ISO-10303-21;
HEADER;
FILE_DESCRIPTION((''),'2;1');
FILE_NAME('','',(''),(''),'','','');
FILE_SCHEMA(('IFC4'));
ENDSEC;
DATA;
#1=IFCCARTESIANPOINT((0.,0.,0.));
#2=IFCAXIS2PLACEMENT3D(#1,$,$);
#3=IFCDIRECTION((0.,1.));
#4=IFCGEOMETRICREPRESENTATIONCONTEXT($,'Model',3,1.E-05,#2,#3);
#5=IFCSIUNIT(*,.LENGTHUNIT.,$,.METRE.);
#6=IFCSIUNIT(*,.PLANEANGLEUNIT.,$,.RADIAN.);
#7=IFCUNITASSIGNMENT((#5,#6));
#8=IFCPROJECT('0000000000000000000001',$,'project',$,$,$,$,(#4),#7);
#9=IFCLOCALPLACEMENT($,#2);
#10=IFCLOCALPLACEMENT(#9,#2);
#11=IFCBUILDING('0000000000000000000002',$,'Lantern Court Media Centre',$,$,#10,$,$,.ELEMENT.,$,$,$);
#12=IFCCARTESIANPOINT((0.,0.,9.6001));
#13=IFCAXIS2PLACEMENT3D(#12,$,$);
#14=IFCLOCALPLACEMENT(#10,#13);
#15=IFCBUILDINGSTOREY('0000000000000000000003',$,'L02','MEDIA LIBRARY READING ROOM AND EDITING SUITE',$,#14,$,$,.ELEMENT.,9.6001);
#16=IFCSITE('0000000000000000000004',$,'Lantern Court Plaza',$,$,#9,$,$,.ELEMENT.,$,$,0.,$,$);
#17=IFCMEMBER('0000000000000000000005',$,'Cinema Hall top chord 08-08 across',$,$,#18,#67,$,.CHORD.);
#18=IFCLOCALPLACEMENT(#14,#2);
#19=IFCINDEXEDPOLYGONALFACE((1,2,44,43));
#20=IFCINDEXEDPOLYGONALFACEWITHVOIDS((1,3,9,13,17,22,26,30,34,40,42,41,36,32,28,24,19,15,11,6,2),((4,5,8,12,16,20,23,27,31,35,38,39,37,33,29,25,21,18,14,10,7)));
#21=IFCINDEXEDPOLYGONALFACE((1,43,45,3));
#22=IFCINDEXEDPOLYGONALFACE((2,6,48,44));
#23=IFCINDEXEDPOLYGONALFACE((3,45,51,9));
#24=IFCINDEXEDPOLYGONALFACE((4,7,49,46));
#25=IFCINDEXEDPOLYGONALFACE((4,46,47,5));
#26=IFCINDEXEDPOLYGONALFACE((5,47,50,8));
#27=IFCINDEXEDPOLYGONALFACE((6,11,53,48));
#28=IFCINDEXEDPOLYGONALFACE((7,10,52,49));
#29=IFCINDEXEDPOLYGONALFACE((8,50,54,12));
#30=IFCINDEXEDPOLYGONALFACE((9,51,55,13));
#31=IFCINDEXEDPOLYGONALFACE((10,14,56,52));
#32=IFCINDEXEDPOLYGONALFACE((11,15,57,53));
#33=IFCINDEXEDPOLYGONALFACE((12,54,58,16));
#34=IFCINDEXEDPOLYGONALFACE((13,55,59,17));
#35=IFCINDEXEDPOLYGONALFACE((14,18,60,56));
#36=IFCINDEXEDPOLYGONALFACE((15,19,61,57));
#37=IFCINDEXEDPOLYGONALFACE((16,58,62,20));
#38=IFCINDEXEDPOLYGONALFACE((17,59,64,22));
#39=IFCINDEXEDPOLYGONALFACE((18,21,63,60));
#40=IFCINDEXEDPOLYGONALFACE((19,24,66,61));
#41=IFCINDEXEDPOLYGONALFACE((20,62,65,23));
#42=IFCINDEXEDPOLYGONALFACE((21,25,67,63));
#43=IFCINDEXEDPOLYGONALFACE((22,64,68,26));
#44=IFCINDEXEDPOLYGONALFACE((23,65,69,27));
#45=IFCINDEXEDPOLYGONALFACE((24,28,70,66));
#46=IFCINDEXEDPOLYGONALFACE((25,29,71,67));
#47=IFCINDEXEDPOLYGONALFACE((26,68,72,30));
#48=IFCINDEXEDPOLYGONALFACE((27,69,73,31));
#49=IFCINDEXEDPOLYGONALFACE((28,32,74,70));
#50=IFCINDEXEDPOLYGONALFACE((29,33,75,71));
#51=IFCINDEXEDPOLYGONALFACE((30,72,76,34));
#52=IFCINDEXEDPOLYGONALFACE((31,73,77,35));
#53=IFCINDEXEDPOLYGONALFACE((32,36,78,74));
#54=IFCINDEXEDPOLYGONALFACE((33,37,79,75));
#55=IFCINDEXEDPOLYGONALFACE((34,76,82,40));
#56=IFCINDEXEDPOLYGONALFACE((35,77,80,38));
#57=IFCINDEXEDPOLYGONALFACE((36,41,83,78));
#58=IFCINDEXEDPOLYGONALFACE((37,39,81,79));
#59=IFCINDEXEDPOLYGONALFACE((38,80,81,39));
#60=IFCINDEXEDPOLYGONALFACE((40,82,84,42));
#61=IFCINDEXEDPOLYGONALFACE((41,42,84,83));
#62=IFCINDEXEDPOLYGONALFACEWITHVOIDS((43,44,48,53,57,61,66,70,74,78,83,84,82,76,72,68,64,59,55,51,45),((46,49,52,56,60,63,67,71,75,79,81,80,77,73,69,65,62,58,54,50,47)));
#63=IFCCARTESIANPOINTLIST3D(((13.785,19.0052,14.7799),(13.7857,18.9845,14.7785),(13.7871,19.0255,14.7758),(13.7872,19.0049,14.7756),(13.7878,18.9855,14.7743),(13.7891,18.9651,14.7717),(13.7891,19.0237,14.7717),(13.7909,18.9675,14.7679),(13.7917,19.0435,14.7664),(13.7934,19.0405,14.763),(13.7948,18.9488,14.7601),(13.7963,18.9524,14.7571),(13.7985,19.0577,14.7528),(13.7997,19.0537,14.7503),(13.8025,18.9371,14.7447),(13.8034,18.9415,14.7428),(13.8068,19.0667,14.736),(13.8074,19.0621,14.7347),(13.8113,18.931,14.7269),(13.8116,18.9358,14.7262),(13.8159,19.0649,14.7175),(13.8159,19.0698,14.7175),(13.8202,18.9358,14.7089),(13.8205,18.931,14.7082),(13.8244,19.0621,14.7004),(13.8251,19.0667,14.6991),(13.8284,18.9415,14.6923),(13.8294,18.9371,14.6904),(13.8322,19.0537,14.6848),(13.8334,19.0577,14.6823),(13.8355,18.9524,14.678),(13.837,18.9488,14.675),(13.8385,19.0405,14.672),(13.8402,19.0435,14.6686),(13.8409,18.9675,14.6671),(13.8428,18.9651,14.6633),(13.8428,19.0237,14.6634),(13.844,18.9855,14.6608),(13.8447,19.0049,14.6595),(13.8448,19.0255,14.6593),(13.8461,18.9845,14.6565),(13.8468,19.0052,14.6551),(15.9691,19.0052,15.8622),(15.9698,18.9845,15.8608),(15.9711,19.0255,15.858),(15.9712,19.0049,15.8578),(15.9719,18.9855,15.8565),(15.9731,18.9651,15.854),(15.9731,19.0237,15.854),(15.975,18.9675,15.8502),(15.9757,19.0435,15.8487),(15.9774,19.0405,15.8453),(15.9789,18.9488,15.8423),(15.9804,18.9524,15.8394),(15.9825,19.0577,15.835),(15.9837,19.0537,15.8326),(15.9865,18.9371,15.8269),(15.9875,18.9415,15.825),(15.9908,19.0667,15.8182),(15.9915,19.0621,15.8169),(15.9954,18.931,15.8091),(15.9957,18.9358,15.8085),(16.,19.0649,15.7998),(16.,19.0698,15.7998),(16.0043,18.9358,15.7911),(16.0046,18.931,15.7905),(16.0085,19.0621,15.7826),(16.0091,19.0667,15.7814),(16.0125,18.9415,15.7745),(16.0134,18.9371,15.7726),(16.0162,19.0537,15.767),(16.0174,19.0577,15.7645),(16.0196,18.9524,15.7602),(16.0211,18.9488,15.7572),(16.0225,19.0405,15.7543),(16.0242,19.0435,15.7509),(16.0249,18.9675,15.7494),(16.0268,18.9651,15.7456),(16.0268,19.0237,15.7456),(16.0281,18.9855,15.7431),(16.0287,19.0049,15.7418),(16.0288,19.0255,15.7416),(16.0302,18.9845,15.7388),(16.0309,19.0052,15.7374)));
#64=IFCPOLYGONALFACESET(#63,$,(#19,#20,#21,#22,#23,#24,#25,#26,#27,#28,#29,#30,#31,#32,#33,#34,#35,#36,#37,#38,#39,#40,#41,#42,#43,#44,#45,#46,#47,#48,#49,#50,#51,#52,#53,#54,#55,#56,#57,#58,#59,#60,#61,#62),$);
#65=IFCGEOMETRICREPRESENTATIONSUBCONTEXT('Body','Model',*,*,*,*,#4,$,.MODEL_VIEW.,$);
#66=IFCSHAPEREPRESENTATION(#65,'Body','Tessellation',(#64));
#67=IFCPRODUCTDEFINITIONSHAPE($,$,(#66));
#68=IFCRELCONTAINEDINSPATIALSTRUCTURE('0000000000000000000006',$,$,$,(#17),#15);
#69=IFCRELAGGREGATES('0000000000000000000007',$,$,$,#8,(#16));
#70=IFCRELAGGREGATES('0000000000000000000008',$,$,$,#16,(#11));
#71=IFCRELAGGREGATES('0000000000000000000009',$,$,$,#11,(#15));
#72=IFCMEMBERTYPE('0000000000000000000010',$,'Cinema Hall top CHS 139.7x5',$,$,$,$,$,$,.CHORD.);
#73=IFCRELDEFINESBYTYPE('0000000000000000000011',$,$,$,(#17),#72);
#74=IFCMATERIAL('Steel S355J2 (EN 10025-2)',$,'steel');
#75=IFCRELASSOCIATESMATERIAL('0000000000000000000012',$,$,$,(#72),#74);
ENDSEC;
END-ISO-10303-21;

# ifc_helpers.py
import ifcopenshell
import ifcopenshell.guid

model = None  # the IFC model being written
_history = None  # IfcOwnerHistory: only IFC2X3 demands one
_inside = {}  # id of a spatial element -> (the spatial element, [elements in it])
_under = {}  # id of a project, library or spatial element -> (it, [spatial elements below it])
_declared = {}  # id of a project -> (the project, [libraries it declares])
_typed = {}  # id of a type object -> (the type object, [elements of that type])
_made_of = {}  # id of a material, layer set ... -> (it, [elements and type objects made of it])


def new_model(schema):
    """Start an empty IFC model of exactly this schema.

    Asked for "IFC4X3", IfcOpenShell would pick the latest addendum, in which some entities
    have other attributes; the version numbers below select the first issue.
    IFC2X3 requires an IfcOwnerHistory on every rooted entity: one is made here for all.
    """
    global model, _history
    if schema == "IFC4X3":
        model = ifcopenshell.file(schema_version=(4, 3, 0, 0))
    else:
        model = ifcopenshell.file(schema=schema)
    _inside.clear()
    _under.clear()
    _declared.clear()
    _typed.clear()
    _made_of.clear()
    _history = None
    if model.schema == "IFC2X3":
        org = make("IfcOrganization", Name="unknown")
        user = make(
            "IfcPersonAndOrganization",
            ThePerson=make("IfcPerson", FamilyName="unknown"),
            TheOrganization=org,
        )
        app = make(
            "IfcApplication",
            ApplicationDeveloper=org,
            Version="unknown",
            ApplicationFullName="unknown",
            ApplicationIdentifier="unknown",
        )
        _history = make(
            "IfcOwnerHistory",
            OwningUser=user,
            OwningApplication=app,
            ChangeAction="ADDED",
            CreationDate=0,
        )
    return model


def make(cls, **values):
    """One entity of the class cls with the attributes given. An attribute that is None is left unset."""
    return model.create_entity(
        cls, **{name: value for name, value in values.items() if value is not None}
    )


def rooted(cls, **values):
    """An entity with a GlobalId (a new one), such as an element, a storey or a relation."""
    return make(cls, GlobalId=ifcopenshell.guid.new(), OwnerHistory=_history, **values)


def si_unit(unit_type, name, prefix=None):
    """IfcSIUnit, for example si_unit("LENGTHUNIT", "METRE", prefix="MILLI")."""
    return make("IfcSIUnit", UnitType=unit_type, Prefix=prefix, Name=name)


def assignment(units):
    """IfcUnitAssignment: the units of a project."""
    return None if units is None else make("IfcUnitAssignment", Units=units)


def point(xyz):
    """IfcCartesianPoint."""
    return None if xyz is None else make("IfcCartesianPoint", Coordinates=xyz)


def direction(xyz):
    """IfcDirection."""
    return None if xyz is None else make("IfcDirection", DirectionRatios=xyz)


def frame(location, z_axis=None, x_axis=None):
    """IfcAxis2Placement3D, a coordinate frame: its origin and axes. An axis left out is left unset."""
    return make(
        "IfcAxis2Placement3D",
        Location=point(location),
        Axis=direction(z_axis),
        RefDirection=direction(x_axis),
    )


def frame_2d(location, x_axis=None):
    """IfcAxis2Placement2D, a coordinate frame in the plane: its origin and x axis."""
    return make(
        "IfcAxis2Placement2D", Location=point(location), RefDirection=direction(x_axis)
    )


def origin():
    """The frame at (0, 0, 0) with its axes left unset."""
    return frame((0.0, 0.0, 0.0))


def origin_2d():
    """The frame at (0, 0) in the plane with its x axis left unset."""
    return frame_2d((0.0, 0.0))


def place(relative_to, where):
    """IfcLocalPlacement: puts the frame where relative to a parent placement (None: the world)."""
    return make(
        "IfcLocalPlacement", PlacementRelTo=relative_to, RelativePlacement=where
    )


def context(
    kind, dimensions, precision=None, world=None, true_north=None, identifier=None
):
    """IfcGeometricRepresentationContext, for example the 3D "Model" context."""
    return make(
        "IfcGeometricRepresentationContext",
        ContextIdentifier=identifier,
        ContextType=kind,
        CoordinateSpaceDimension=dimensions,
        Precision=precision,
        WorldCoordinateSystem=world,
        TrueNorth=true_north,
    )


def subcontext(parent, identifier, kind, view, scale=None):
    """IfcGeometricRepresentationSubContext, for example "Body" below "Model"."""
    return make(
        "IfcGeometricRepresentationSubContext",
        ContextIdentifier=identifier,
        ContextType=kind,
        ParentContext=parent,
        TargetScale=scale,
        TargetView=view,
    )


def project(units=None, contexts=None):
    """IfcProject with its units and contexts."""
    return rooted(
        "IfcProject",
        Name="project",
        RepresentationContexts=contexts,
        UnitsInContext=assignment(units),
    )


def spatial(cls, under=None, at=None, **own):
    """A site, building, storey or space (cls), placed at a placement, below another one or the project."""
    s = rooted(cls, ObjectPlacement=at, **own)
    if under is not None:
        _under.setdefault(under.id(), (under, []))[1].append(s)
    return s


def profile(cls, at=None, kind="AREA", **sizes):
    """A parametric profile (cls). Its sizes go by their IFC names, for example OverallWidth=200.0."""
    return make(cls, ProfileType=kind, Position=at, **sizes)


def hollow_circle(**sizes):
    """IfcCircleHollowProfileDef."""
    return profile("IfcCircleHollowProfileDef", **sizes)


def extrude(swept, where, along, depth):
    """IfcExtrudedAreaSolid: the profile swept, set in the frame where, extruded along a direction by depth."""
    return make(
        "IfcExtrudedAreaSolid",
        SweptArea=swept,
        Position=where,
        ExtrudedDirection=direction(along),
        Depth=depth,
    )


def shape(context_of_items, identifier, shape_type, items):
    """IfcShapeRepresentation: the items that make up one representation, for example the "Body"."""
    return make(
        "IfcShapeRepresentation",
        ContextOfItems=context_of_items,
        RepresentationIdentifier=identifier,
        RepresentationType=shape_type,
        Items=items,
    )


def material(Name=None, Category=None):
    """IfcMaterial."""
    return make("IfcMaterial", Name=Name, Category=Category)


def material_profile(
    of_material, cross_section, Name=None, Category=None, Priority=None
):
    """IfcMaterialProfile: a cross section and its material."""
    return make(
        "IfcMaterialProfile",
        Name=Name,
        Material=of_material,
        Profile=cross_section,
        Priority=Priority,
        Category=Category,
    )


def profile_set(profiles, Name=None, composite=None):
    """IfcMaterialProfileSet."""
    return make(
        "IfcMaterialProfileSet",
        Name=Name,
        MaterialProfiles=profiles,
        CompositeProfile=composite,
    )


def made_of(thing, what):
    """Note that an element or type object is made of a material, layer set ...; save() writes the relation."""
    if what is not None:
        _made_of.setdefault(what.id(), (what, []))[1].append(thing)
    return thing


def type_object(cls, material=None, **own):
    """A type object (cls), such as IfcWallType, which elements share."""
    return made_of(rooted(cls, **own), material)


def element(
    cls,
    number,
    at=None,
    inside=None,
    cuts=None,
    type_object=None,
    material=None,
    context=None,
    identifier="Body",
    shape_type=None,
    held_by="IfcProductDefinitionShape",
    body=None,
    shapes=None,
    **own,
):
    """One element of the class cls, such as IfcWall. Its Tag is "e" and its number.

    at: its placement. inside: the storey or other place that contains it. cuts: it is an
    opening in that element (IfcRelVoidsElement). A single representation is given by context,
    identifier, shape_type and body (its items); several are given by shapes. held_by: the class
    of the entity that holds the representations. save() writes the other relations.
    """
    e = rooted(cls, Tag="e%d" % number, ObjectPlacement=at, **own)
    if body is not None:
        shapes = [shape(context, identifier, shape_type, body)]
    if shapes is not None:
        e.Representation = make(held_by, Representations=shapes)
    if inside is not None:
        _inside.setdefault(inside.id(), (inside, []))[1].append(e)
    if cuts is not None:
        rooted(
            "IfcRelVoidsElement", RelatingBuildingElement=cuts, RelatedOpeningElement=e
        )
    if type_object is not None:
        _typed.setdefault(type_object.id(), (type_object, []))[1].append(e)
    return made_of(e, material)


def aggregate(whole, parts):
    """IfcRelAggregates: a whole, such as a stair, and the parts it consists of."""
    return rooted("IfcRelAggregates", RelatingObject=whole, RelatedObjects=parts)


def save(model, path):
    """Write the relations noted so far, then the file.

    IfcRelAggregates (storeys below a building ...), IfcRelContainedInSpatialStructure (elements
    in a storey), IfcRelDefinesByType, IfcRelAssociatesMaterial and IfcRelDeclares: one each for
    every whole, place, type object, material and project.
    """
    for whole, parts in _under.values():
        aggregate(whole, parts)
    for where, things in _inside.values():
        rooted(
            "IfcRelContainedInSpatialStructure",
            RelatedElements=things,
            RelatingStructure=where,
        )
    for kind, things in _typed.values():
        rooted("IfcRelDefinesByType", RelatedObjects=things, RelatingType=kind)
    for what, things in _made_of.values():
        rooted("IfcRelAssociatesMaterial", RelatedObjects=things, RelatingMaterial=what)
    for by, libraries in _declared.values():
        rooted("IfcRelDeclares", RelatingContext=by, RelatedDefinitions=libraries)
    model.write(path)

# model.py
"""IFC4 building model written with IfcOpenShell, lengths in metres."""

from ifc_helpers import new_model, si_unit, direction, frame, origin, origin_2d, place, context, subcontext, project, spatial, hollow_circle, extrude, material, material_profile, profile_set, type_object, element, save


model = new_model("IFC4")

# Units and contexts
model_context = context("Model", 3, precision=1e-05, world=origin(), true_north=direction((0.0, 1.0)))
body_context = subcontext(model_context, "Body", "Model", "MODEL_VIEW")
ifc_project = project(units=[si_unit("LENGTHUNIT", "METRE"), si_unit("PLANEANGLEUNIT", "RADIAN")], contexts=[model_context])

# Site, building, storey
site_placement = place(None, origin())
site = spatial("IfcSite", under=ifc_project, at=site_placement, Name="Lantern Court Plaza", CompositionType="ELEMENT", RefElevation=0.0)
building_placement = place(site_placement, origin())
building = spatial("IfcBuilding", under=site, at=building_placement, Name="Lantern Court Media Centre", CompositionType="ELEMENT")
storey_placement = place(building_placement, frame((0.0, 0.0, 9.6001)))
storey = spatial("IfcBuildingStorey", under=building, at=storey_placement, Name="L02", Description="MEDIA LIBRARY READING ROOM AND EDITING SUITE", CompositionType="ELEMENT", Elevation=9.6001)

# Member
ifc_material = material(Name="Steel S355J2 (EN 10025-2)", Category="steel")
ifc_material_profile_1 = material_profile(ifc_material, hollow_circle(Radius=0.0698, WallThickness=0.0049, at=origin_2d()), Name="Cinema Hall top CHS 139.7x5")
ifc_profile_set_1 = profile_set([ifc_material_profile_1], Name="Steel S355J2 (EN 10025-2)")
member_type_1 = type_object("IfcMemberType", Name="Cinema Hall top CHS 139.7x5", PredefinedType="CHORD", material=ifc_profile_set_1)
for number, where, z_axis, x_axis, name in (
    (1, (13.8159, 19.0, 14.7175), (0.896024, 0.0, 0.444006), (0.0, 1.0, 0.0), "Cinema Hall top chord 08-08 across"),
):
    element("IfcMember", number, at=place(storey_placement, frame(where, z_axis=z_axis, x_axis=x_axis)), inside=storey, type_object=member_type_1, Name=name, PredefinedType="CHORD", context=body_context, shape_type="SweptSolid", body=[
        extrude(hollow_circle(Radius=0.0698, WallThickness=0.0049, at=origin_2d()), origin(), (0.0, 0.0, 1.0), 2.4375),
    ])

save(model, "model.ifc")
